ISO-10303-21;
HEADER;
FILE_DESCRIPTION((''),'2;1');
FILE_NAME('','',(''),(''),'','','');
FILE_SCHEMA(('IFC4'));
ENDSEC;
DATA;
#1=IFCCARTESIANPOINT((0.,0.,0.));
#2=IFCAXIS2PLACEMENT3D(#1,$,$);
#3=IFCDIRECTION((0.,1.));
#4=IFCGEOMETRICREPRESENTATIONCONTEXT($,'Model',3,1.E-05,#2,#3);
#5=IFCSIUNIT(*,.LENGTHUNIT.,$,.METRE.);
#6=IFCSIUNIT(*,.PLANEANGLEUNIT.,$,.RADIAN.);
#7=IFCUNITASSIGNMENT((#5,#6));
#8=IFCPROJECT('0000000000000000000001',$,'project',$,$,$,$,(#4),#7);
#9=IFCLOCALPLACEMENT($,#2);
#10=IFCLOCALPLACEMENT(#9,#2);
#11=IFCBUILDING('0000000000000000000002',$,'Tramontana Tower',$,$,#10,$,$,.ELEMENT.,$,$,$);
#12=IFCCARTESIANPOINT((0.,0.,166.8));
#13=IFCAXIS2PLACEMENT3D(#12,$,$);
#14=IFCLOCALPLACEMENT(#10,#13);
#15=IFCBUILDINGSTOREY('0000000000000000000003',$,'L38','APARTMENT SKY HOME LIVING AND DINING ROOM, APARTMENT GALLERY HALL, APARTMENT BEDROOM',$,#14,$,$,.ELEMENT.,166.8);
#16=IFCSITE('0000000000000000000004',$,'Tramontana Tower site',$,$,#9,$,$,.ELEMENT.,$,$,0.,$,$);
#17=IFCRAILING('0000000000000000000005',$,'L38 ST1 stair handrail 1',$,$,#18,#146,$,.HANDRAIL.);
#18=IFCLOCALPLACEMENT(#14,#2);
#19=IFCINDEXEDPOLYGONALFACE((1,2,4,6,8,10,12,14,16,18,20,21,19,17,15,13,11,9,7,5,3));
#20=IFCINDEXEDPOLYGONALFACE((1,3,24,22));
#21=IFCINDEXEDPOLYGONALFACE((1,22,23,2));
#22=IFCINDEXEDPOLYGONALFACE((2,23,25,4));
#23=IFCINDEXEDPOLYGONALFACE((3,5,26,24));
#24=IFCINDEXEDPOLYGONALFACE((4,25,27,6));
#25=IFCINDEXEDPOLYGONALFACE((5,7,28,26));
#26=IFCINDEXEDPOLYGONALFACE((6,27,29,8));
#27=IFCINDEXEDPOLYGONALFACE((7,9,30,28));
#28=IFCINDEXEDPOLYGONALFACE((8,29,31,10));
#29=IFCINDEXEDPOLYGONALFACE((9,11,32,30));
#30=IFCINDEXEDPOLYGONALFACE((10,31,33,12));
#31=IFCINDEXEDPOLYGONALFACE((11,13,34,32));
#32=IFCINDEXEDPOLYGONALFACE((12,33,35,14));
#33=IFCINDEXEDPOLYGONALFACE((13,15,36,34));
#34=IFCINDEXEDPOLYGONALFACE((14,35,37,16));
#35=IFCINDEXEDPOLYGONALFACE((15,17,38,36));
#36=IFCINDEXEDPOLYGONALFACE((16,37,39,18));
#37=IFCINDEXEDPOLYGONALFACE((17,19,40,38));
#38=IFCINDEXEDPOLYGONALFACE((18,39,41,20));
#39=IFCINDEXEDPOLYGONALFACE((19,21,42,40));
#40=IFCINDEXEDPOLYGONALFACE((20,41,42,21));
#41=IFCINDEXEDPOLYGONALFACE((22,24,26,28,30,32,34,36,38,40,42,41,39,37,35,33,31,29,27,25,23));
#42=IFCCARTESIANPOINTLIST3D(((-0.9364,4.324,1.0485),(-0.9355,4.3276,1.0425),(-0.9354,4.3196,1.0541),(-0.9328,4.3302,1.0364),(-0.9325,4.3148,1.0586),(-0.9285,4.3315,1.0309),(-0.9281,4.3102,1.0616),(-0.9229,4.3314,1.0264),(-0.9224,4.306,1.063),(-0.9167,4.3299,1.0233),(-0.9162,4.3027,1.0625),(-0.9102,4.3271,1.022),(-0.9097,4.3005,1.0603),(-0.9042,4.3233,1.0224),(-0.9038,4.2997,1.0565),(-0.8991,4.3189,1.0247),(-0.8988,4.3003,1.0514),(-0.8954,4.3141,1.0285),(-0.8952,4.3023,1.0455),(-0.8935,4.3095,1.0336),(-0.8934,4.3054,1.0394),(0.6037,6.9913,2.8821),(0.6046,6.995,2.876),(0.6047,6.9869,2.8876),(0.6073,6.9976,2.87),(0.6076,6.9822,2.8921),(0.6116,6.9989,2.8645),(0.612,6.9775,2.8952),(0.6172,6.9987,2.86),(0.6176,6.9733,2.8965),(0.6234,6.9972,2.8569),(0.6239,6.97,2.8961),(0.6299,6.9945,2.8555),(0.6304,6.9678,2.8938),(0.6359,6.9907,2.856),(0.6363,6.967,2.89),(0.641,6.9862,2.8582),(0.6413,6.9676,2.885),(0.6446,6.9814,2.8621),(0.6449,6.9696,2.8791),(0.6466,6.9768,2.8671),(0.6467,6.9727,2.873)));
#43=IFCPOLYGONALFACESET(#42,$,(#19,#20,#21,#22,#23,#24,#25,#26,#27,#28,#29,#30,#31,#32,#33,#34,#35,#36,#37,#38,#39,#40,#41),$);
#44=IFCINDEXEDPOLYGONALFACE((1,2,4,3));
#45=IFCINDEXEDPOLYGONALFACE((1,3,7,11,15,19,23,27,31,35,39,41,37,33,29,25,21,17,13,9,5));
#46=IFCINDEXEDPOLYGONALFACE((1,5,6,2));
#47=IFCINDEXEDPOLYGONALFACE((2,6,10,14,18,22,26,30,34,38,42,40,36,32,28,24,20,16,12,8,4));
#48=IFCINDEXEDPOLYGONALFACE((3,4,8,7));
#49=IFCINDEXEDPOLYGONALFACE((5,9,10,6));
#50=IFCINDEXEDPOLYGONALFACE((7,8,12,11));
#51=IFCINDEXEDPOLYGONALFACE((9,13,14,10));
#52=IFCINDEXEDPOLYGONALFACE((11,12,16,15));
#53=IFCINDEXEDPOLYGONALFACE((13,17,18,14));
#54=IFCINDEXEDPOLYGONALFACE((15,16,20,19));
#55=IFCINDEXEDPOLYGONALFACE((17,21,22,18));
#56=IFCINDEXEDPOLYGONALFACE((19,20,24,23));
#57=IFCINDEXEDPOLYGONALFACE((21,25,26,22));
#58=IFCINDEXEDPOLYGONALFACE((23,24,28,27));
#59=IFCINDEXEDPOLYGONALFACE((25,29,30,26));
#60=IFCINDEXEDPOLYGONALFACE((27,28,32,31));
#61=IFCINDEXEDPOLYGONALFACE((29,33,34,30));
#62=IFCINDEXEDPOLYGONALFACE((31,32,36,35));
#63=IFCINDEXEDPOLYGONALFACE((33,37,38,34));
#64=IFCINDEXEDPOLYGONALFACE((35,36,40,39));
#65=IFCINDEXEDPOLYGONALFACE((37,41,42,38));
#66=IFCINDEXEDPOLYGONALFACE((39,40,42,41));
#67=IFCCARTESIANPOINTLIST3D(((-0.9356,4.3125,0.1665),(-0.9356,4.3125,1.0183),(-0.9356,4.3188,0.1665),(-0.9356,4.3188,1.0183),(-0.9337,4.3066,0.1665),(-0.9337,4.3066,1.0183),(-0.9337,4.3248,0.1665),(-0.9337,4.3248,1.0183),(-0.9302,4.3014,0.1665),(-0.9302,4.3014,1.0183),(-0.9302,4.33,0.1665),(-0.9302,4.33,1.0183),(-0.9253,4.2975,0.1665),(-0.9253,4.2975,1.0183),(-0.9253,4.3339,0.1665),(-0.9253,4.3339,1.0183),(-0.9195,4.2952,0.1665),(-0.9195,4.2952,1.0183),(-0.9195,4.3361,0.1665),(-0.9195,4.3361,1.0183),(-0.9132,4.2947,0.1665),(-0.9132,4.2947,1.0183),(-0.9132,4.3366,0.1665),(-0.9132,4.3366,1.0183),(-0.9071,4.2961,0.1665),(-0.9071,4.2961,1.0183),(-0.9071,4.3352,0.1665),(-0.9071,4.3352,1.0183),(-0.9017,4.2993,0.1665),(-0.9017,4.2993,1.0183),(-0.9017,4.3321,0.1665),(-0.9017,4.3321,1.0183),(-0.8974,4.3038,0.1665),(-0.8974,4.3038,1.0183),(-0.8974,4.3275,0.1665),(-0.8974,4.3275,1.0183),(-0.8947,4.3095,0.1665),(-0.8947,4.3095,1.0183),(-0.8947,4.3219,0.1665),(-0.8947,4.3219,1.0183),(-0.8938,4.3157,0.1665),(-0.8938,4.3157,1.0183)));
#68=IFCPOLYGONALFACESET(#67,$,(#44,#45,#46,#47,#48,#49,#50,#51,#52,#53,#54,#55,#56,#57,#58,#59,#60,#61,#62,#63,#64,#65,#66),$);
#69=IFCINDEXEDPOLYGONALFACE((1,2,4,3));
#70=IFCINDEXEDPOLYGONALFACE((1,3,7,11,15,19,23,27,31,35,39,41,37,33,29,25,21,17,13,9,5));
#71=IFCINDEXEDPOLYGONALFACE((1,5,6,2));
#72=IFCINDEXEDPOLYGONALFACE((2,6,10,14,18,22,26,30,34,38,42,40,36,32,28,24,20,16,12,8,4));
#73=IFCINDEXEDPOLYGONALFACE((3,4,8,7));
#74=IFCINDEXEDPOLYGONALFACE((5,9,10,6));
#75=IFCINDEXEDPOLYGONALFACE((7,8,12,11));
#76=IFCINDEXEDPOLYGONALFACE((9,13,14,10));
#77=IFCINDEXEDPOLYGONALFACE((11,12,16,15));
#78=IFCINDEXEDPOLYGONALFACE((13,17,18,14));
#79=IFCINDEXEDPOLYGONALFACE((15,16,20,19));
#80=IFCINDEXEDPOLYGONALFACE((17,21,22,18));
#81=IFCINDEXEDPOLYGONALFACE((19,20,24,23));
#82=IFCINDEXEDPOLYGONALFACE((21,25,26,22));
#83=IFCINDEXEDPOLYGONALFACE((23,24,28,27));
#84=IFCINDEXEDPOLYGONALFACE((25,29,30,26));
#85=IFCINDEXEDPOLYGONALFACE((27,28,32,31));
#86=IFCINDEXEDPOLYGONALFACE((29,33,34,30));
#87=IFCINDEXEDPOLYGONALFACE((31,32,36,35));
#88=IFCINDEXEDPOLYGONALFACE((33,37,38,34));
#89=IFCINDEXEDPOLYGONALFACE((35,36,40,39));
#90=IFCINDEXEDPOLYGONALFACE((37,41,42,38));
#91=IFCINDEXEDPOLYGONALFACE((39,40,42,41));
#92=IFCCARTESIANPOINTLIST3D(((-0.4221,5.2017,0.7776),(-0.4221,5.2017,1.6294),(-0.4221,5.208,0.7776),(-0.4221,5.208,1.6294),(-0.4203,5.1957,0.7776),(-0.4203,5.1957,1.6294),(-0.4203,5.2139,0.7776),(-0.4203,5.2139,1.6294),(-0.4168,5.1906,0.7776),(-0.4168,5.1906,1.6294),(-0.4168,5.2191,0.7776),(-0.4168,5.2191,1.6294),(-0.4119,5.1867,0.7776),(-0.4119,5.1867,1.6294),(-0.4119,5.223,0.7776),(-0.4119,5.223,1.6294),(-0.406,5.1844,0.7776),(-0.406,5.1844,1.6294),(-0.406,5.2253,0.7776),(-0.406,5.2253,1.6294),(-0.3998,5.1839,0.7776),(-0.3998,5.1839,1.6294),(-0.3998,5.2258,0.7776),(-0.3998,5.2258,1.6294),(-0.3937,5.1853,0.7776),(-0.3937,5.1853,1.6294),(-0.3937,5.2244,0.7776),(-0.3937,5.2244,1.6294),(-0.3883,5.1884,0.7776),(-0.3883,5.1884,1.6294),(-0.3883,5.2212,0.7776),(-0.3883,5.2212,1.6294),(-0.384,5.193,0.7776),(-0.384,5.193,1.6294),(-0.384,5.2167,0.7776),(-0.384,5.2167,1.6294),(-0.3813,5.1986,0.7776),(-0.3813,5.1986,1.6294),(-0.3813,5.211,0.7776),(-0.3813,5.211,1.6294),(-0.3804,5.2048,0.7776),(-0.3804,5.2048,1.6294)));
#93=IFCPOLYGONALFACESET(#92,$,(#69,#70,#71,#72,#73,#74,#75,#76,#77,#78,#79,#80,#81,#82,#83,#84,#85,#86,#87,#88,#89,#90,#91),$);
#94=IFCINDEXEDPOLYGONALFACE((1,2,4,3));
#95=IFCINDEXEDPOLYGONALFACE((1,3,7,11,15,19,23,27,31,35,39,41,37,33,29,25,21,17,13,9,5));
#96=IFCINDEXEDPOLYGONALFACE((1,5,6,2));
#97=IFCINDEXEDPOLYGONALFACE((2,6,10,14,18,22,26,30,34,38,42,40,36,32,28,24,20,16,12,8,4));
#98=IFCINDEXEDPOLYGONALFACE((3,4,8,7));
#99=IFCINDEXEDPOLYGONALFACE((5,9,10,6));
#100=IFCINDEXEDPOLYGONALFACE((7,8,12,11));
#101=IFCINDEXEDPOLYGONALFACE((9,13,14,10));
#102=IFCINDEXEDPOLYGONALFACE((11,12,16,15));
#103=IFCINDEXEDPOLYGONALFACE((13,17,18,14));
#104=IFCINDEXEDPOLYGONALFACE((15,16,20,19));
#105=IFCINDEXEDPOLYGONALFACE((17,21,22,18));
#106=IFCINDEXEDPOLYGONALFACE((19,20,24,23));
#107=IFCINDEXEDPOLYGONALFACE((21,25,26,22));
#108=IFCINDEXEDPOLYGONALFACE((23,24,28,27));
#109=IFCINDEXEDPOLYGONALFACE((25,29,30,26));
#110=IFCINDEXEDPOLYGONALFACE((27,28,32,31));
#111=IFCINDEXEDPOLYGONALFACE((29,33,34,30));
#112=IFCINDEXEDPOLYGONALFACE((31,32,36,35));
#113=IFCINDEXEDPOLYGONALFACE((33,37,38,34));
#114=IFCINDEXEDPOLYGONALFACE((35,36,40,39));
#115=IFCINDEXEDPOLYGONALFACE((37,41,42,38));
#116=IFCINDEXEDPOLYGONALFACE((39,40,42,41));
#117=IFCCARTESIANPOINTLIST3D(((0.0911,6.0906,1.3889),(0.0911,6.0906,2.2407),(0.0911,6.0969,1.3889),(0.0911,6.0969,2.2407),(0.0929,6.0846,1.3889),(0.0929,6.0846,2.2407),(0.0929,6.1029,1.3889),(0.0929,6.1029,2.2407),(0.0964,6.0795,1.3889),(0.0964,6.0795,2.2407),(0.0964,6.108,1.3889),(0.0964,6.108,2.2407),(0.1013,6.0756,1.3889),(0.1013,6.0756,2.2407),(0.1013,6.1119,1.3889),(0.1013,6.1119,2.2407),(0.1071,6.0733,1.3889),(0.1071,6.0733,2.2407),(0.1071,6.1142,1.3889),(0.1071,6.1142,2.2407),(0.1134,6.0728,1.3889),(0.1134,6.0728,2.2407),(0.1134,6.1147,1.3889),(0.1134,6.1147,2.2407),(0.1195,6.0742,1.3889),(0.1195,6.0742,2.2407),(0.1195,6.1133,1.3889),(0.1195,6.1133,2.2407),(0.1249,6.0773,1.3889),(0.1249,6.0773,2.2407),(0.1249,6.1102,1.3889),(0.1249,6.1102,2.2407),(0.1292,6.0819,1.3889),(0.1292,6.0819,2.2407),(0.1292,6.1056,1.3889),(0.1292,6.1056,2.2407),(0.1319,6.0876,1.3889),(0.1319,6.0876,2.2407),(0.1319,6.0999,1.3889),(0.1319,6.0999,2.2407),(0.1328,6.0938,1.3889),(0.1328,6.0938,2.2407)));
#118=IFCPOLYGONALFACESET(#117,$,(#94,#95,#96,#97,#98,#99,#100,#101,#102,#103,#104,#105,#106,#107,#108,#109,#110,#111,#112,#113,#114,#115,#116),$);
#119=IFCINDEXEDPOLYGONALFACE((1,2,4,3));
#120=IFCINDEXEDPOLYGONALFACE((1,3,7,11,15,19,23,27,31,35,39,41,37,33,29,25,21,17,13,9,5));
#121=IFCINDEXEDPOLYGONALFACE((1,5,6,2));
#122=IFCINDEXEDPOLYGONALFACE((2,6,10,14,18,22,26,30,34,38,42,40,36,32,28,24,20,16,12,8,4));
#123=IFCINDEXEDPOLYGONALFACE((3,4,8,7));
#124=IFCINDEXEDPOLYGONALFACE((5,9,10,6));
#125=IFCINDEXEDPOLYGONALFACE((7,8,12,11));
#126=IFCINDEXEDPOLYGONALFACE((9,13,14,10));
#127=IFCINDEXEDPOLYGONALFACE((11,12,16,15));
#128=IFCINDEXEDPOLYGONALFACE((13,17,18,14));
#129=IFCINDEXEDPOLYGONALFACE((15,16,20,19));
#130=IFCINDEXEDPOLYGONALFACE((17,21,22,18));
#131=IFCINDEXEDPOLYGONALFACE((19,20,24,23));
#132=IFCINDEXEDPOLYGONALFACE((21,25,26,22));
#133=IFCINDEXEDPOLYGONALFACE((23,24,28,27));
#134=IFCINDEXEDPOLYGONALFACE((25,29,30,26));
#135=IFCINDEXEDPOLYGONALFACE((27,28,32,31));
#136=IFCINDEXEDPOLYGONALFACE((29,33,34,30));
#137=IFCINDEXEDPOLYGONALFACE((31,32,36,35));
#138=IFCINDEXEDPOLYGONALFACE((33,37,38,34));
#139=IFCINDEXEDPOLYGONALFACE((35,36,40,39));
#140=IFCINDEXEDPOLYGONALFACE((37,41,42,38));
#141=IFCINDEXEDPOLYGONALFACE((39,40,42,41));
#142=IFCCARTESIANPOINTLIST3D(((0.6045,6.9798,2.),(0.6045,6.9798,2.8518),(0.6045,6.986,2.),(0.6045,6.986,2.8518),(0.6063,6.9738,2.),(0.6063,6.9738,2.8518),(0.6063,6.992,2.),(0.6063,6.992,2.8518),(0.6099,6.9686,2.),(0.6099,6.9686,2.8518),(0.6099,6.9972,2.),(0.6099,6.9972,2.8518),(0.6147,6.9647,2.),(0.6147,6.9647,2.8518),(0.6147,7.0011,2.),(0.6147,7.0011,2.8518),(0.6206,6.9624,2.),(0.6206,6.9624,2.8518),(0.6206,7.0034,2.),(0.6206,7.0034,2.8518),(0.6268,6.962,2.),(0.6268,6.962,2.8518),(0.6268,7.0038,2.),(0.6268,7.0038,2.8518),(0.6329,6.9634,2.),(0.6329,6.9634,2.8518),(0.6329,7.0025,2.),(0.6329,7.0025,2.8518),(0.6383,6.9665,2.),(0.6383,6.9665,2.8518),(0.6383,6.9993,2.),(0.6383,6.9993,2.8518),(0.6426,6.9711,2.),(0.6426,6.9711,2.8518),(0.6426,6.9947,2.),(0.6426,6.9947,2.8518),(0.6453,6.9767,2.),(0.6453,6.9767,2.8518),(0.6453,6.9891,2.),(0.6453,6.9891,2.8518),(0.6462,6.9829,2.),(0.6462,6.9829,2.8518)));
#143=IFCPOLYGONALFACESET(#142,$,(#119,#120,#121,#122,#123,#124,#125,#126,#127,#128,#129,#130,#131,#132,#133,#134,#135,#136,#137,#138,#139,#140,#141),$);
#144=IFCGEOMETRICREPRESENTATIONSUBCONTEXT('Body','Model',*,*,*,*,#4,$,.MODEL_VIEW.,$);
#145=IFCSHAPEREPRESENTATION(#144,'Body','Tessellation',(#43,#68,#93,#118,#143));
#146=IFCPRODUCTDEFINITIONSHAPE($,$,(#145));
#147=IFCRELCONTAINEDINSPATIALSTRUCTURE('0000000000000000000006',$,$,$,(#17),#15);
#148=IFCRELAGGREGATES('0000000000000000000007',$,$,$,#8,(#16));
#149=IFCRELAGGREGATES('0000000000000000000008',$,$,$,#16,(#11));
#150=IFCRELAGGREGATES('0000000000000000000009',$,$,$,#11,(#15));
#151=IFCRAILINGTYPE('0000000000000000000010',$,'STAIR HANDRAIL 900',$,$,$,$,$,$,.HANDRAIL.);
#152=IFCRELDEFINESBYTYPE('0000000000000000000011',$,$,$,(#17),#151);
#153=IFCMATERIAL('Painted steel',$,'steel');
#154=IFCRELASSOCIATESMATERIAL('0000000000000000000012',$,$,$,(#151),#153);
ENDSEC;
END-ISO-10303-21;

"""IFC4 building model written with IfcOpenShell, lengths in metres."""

from ifc_helpers import new_model, si_unit, direction, frame, origin, origin_2d, place, context, subcontext, project, spatial, circle, extrude, material, type_object, element, save


model = new_model("IFC4")

# Units and contexts
model_context = context("Model", 3, precision=1e-05, world=origin(), true_north=direction((0.0, 1.0)))
body_context = subcontext(model_context, "Body", "Model", "MODEL_VIEW")
ifc_project = project(units=[si_unit("LENGTHUNIT", "METRE"), si_unit("PLANEANGLEUNIT", "RADIAN")], contexts=[model_context])

# Site, building, storey
site_placement = place(None, origin())
site = spatial("IfcSite", under=ifc_project, at=site_placement, Name="Tramontana Tower site", CompositionType="ELEMENT", RefElevation=0.0)
building_placement = place(site_placement, origin())
building = spatial("IfcBuilding", under=site, at=building_placement, Name="Tramontana Tower", CompositionType="ELEMENT")
storey_placement = place(building_placement, frame((0.0, 0.0, 166.8)))
storey = spatial("IfcBuildingStorey", under=building, at=storey_placement, Name="L38", Description="APARTMENT SKY HOME LIVING AND DINING ROOM, APARTMENT GALLERY HALL, APARTMENT BEDROOM", CompositionType="ELEMENT", Elevation=166.8)

# Railing
ifc_material_1 = material(Name="Painted steel", Category="steel")
railing_type_1 = type_object("IfcRailingType", Name="STAIR HANDRAIL 900", PredefinedType="HANDRAIL", material=ifc_material_1)
railing_1_placement = place(storey_placement, frame((-0.9148, 4.3157, 0.1665)))
element("IfcRailing", 1, at=railing_1_placement, inside=storey, type_object=railing_type_1, Name="L38 ST1 stair handrail 1", PredefinedType="HANDRAIL", context=body_context, shape_type="SweptSolid", body=[
    extrude(circle(Radius=0.0239, at=origin_2d()), frame((0.0, 0.0, 0.876), z_axis=(0.429656, 0.744134, 0.511528), x_axis=(-0.86601, 0.500027, 0.0)), (0.0, 0.0, 1.0), 3.5845),
    extrude(circle(Radius=0.021, at=origin_2d()), origin(), (0.0, 0.0, 1.0), 0.8518),
    extrude(circle(Radius=0.021, at=origin_2d()), frame((0.5134, 0.8892, 0.6111)), (0.0, 0.0, 1.0), 0.8518),
    extrude(circle(Radius=0.021, at=origin_2d()), frame((1.0266, 1.7781, 1.2224)), (0.0, 0.0, 1.0), 0.8518),
    extrude(circle(Radius=0.021, at=origin_2d()), frame((1.54, 2.6672, 1.8335)), (0.0, 0.0, 1.0), 0.8518),
])

save(model, "model.ifc")
